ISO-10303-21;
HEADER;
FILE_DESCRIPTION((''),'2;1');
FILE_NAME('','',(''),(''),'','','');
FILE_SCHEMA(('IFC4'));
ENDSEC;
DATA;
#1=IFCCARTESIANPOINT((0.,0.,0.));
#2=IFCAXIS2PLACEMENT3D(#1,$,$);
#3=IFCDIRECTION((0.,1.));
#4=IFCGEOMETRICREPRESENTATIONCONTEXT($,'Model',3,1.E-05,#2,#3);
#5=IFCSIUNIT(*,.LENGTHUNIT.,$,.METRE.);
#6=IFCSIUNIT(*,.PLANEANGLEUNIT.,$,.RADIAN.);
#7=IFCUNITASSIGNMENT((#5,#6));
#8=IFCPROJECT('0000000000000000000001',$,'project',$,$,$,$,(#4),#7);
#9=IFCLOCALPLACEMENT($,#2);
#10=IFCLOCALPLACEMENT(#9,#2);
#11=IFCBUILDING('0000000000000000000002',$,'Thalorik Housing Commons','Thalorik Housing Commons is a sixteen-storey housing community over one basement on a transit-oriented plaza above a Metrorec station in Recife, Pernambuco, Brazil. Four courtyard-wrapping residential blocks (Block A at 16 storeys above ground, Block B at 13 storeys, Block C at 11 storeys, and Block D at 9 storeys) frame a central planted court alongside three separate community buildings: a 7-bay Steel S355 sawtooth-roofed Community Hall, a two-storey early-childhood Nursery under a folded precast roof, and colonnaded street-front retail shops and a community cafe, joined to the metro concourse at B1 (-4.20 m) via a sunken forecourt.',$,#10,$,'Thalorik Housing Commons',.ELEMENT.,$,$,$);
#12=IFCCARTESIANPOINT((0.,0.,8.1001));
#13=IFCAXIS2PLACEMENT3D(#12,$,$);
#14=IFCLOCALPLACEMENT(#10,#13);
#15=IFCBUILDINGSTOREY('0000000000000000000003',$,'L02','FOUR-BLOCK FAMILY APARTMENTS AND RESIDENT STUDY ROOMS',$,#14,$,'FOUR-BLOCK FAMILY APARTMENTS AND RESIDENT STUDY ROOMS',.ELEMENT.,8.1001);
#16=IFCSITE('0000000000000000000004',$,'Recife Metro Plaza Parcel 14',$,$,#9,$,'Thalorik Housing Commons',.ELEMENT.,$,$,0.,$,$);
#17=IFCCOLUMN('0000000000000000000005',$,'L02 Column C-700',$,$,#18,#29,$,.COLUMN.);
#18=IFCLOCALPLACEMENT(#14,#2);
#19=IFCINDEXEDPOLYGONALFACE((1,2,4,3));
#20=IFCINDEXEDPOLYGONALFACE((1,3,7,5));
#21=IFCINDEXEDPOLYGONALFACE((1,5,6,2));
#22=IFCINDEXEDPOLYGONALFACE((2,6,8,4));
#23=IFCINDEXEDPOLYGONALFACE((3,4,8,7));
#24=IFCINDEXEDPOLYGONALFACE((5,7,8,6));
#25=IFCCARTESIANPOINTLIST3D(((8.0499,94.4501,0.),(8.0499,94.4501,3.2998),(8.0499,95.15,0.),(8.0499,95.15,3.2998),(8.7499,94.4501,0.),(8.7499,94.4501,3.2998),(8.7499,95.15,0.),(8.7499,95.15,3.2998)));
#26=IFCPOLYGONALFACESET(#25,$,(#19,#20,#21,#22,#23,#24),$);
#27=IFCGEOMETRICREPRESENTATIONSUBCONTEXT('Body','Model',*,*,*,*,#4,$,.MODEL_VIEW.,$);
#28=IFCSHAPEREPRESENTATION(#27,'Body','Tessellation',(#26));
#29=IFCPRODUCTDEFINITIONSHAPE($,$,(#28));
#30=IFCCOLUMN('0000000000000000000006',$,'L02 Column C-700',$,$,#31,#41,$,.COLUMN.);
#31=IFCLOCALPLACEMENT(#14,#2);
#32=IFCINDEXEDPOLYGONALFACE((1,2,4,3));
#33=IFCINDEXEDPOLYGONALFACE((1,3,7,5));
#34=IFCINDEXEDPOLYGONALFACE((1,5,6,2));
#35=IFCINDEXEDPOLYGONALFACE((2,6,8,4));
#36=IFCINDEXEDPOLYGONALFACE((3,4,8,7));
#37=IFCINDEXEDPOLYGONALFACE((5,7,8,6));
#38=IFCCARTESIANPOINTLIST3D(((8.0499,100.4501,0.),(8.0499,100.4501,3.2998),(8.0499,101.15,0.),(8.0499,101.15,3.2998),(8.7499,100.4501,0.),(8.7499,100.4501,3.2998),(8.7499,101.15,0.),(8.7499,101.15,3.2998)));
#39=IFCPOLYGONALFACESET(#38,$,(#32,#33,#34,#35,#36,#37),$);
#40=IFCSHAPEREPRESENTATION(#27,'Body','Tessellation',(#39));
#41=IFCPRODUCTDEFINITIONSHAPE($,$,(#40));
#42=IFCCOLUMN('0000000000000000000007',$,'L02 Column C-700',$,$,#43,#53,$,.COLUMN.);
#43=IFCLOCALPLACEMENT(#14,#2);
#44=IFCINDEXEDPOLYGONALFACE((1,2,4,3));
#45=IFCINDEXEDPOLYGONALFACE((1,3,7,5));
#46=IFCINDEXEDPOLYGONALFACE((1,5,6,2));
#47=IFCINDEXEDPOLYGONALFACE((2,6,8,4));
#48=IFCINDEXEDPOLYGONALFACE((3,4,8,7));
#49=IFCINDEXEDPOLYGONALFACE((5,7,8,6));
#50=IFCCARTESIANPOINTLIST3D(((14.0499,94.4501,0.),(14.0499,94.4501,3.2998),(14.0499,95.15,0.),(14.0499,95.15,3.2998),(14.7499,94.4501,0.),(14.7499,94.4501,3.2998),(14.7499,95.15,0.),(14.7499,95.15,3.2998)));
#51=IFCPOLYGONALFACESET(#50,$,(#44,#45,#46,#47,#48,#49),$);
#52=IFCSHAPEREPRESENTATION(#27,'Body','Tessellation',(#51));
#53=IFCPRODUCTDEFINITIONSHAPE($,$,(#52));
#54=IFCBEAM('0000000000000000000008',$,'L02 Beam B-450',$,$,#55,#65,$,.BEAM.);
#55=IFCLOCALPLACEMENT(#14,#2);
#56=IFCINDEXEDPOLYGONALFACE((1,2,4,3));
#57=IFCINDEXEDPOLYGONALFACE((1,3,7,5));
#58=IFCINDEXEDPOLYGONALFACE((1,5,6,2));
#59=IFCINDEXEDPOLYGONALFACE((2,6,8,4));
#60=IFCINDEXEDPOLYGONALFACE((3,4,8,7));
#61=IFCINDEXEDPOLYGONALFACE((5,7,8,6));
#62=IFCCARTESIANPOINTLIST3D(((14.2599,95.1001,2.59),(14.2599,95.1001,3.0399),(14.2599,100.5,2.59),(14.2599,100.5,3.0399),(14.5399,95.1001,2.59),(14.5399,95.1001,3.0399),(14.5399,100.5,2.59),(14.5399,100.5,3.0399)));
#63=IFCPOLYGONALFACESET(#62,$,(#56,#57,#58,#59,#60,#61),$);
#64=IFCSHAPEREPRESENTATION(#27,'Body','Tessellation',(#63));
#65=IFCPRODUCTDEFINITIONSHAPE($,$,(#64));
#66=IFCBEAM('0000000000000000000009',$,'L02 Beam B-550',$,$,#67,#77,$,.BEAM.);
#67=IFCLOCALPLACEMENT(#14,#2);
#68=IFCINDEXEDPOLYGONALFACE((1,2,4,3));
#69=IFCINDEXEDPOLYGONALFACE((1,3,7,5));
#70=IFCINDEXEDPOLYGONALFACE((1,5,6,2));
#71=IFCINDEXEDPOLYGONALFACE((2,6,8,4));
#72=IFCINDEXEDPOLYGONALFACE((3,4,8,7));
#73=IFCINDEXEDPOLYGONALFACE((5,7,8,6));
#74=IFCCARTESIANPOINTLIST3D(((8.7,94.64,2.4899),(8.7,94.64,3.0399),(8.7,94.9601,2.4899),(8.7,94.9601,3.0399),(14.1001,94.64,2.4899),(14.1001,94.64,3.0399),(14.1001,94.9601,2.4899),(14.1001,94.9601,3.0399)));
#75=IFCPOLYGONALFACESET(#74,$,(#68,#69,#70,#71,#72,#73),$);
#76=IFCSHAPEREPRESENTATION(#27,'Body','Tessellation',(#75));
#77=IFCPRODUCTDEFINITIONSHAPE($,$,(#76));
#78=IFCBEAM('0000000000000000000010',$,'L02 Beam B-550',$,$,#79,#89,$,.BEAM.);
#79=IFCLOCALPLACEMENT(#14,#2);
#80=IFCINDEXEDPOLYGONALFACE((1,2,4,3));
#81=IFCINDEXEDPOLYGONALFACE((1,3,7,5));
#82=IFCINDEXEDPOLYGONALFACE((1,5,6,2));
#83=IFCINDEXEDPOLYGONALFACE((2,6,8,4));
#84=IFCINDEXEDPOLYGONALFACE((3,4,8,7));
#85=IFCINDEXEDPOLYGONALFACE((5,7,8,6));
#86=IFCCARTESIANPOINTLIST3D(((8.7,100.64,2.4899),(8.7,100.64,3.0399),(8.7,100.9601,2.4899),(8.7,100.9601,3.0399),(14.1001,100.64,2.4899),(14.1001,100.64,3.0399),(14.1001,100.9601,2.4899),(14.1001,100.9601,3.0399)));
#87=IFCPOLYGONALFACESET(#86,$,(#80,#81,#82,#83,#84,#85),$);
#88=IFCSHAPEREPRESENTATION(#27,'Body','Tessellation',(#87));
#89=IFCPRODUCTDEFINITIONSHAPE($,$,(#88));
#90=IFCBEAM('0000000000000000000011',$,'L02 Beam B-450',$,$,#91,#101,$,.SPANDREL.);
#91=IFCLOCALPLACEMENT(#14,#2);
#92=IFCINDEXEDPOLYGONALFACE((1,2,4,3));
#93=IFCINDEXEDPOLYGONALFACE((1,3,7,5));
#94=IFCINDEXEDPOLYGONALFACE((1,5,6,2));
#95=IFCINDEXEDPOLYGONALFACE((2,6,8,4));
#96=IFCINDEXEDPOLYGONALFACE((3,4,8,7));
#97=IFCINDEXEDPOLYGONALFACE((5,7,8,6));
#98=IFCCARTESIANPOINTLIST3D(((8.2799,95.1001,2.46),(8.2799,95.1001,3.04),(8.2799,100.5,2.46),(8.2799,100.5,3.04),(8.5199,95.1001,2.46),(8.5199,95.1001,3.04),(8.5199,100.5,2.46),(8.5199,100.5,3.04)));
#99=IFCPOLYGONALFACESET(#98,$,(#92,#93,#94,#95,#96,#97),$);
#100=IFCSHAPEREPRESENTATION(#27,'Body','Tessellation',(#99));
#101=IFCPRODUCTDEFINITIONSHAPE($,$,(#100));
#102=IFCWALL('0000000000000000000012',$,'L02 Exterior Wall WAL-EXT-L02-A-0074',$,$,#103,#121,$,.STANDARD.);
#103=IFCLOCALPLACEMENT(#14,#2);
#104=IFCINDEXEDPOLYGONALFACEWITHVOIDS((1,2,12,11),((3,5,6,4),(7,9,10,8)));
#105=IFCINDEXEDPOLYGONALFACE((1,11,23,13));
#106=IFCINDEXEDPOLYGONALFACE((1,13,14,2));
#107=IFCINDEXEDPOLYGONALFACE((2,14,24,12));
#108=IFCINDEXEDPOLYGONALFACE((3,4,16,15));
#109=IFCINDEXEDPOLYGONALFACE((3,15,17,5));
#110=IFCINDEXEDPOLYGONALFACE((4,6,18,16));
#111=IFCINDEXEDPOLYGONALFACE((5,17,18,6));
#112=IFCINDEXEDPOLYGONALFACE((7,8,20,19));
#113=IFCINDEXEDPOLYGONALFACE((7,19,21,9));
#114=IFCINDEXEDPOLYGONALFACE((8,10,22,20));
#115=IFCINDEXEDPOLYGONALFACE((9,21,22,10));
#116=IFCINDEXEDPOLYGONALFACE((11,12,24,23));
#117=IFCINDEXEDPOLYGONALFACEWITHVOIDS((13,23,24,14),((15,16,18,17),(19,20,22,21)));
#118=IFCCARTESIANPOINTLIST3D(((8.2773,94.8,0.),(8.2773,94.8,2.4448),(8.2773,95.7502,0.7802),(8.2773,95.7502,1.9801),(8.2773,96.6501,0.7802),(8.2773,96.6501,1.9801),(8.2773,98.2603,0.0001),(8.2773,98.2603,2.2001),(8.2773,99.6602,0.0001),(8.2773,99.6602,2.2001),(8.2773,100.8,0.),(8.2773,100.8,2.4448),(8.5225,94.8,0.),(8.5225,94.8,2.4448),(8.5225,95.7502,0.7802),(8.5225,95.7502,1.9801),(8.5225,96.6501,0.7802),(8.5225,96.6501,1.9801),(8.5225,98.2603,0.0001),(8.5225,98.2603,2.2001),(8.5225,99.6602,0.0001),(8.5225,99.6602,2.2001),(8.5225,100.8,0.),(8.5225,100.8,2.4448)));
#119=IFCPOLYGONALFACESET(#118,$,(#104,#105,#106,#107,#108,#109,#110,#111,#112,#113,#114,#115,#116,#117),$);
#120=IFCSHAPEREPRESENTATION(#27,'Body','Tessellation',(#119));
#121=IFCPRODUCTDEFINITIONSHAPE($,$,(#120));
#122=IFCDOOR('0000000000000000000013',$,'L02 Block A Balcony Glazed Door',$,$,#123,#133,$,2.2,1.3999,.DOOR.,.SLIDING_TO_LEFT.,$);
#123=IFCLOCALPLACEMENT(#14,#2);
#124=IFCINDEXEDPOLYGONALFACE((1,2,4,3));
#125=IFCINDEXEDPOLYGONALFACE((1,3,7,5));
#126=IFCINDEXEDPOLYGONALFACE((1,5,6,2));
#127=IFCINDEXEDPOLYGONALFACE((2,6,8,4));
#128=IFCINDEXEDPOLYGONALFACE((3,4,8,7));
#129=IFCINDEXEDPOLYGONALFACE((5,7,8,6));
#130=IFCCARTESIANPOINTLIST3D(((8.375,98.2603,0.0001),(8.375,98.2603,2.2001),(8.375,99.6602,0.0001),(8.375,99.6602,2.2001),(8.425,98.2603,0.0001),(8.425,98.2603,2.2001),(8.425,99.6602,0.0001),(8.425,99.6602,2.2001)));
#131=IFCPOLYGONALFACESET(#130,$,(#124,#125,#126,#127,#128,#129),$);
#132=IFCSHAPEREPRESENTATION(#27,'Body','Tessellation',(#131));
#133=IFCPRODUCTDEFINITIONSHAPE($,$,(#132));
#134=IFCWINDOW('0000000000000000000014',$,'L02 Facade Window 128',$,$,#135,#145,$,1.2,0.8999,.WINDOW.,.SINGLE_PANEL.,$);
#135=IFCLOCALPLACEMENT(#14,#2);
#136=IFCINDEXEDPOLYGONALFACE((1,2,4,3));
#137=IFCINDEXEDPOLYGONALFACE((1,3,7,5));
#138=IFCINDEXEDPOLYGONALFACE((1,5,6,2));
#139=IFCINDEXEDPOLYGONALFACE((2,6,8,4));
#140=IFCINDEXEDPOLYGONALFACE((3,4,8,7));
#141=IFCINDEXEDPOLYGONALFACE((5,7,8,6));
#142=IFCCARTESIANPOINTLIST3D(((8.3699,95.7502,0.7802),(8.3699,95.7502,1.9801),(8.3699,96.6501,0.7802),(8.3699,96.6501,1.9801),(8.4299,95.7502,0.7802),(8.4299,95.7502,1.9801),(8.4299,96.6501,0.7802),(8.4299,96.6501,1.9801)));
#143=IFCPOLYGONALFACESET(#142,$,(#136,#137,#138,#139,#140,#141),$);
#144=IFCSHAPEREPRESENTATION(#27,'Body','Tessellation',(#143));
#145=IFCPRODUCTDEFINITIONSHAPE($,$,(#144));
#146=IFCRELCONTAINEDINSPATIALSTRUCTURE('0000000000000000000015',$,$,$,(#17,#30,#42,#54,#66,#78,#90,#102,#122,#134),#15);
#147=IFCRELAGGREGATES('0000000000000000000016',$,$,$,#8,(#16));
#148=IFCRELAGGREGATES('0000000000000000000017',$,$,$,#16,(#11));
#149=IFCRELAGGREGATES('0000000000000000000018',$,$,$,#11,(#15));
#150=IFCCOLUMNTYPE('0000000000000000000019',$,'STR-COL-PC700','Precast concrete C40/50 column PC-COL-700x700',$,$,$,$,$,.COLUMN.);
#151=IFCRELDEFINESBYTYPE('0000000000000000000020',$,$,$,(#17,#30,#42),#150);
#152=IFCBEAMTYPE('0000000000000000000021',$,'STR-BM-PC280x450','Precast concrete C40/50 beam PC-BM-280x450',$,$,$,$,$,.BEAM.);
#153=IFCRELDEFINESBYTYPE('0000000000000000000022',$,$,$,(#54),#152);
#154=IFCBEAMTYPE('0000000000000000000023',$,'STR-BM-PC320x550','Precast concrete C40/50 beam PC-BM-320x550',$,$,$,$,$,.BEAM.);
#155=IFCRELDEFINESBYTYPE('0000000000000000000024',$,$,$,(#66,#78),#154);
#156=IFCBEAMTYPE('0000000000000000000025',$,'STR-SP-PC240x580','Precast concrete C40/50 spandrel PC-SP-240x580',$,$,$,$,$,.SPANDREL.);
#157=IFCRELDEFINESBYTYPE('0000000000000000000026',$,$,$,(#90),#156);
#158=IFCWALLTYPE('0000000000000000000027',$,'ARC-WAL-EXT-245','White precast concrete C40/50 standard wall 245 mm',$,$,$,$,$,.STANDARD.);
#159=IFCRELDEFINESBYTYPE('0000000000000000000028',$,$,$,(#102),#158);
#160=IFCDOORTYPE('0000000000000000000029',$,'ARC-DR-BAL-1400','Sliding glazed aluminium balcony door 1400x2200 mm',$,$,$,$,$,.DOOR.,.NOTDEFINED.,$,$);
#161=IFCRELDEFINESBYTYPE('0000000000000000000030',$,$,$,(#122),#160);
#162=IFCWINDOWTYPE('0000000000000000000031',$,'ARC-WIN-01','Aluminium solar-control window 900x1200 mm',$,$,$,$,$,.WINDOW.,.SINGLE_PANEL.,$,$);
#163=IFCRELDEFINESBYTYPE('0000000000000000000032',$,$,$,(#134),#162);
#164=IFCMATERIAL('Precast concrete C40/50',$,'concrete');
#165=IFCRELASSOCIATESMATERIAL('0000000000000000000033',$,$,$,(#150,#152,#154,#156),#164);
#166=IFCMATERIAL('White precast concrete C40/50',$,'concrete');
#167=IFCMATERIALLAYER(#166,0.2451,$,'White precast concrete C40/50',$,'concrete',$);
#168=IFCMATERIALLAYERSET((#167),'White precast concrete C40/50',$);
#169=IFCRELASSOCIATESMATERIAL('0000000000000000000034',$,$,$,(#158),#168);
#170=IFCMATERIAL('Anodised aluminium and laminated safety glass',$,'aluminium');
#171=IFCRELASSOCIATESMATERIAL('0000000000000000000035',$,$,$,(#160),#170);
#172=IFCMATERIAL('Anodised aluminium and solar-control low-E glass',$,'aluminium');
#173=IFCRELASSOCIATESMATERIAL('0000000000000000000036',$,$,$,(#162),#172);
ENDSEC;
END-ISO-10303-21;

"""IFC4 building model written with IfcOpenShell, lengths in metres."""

from ifc_helpers import new_model, si_unit, direction, frame, frame_2d, origin, origin_2d, place, context, subcontext, project, spatial, rectangle, extrude, material, layer, layer_set, material_profile, profile_set, type_object, element, fill, save


model = new_model("IFC4")

# Units and contexts
model_context = context("Model", 3, precision=1e-05, world=origin(), true_north=direction((0.0, 1.0)))
body_context = subcontext(model_context, "Body", "Model", "MODEL_VIEW")
ifc_project = project(units=[si_unit("LENGTHUNIT", "METRE"), si_unit("PLANEANGLEUNIT", "RADIAN")], contexts=[model_context])

# Site, building, storey
site_placement = place(None, origin())
site = spatial("IfcSite", under=ifc_project, at=site_placement, Name="Recife Metro Plaza Parcel 14", LongName="Thalorik Housing Commons", CompositionType="ELEMENT", RefElevation=0.0)
building_placement = place(site_placement, origin())
building = spatial("IfcBuilding", under=site, at=building_placement, Name="Thalorik Housing Commons", Description="Thalorik Housing Commons is a sixteen-storey housing community over one basement on a transit-oriented plaza above a Metrorec station in Recife, Pernambuco, Brazil. Four courtyard-wrapping residential blocks (Block A at 16 storeys above ground, Block B at 13 storeys, Block C at 11 storeys, and Block D at 9 storeys) frame a central planted court alongside three separate community buildings: a 7-bay Steel S355 sawtooth-roofed Community Hall, a two-storey early-childhood Nursery under a folded precast roof, and colonnaded street-front retail shops and a community cafe, joined to the metro concourse at B1 (-4.20 m) via a sunken forecourt.", LongName="Thalorik Housing Commons", CompositionType="ELEMENT")
storey_placement = place(building_placement, frame((0.0, 0.0, 8.1001)))
storey = spatial("IfcBuildingStorey", under=building, at=storey_placement, Name="L02", Description="FOUR-BLOCK FAMILY APARTMENTS AND RESIDENT STUDY ROOMS", LongName="FOUR-BLOCK FAMILY APARTMENTS AND RESIDENT STUDY ROOMS", CompositionType="ELEMENT", Elevation=8.1001)

# Columns
ifc_material_1 = material(Name="Precast concrete C40/50", Category="concrete")
ifc_material_profile_1 = material_profile(ifc_material_1, rectangle(XDim=0.7, YDim=0.7, at=origin_2d()), Name="PC 700x700", Category="concrete")
ifc_profile_set_1 = profile_set([ifc_material_profile_1], Name="Precast concrete C40/50")
column_type = type_object("IfcColumnType", Name="STR-COL-PC700", Description="Precast concrete C40/50 column PC-COL-700x700", PredefinedType="COLUMN", material=ifc_profile_set_1)
for number, where, z_axis, x_axis, name in (
    (1, (8.3999, 94.8, 0.0), (0.0, 0.0, 1.0), (1.0, 0.0, 0.0), "L02 Column C-700"),
    (2, (8.3999, 100.8, 0.0), (0.0, 0.0, 1.0), (1.0, 0.0, 0.0), "L02 Column C-700"),
    (3, (14.3999, 94.8, 0.0), (0.0, 0.0, 1.0), (1.0, 0.0, 0.0), "L02 Column C-700"),
):
    element("IfcColumn", number, at=place(storey_placement, frame(where, z_axis=z_axis, x_axis=x_axis)), inside=storey, type_object=column_type, Name=name, PredefinedType="COLUMN", context=body_context, shape_type="SweptSolid", body=[
        extrude(rectangle(XDim=0.7, YDim=0.7, at=origin_2d()), origin(), (0.0, 0.0, 1.0), 3.2998),
    ])

# Beams
ifc_material_profile_2 = material_profile(ifc_material_1, rectangle(XDim=0.28, YDim=0.45, at=origin_2d()), Name="PC 280x450", Category="concrete")
ifc_profile_set_2 = profile_set([ifc_material_profile_2], Name="Precast concrete C40/50")
beam_type_1 = type_object("IfcBeamType", Name="STR-BM-PC280x450", Description="Precast concrete C40/50 beam PC-BM-280x450", PredefinedType="BEAM", material=ifc_profile_set_2)
beam_1_placement = place(storey_placement, frame((14.3999, 95.1001, 2.8149), z_axis=(0.0, 1.0, 0.0), x_axis=(-1.0, 0.0, 0.0)))
element("IfcBeam", 4, at=beam_1_placement, inside=storey, type_object=beam_type_1, Name="L02 Beam B-450", PredefinedType="BEAM", context=body_context, shape_type="SweptSolid", body=[
    extrude(rectangle(XDim=0.28, YDim=0.45, at=origin_2d()), origin(), (0.0, 0.0, 1.0), 5.3999),
])
ifc_material_profile_3 = material_profile(ifc_material_1, rectangle(XDim=0.3201, YDim=0.55, at=origin_2d()), Name="PC 320x550", Category="concrete")
ifc_profile_set_3 = profile_set([ifc_material_profile_3], Name="Precast concrete C40/50")
beam_type_2 = type_object("IfcBeamType", Name="STR-BM-PC320x550", Description="Precast concrete C40/50 beam PC-BM-320x550", PredefinedType="BEAM", material=ifc_profile_set_3)
for number, where, z_axis, x_axis, name in (
    (5, (8.7, 94.8, 2.7649), (1.0, 0.0, 0.0), (0.0, 1.0, 0.0), "L02 Beam B-550"),
    (6, (8.7, 100.8, 2.7649), (1.0, 0.0, 0.0), (0.0, 1.0, 0.0), "L02 Beam B-550"),
):
    element("IfcBeam", number, at=place(storey_placement, frame(where, z_axis=z_axis, x_axis=x_axis)), inside=storey, type_object=beam_type_2, Name=name, PredefinedType="BEAM", context=body_context, shape_type="SweptSolid", body=[
        extrude(rectangle(XDim=0.3201, YDim=0.55, at=origin_2d()), origin(), (0.0, 0.0, 1.0), 5.4001),
    ])
ifc_material_profile_4 = material_profile(ifc_material_1, rectangle(XDim=0.24, YDim=0.5801, at=origin_2d()), Name="PC SP 240x580", Category="concrete")
ifc_profile_set_4 = profile_set([ifc_material_profile_4], Name="Precast concrete C40/50")
beam_type_3 = type_object("IfcBeamType", Name="STR-SP-PC240x580", Description="Precast concrete C40/50 spandrel PC-SP-240x580", PredefinedType="SPANDREL", material=ifc_profile_set_4)
beam_2_placement = place(storey_placement, frame((8.3999, 95.1001, 2.75), z_axis=(0.0, 1.0, 0.0), x_axis=(-1.0, 0.0, 0.0)))
element("IfcBeam", 7, at=beam_2_placement, inside=storey, type_object=beam_type_3, Name="L02 Beam B-450", PredefinedType="SPANDREL", context=body_context, shape_type="SweptSolid", body=[
    extrude(rectangle(XDim=0.24, YDim=0.5801, at=origin_2d()), origin(), (0.0, 0.0, 1.0), 5.3999),
])

# Wall, openings, door, window
ifc_material_2 = material(Name="White precast concrete C40/50", Category="concrete")
ifc_layer_1 = layer(ifc_material_2, 0.2451, Name="White precast concrete C40/50", Category="concrete")
ifc_layer_set_1 = layer_set([ifc_layer_1], Name="White precast concrete C40/50")
wall_type_1 = type_object("IfcWallType", Name="ARC-WAL-EXT-245", Description="White precast concrete C40/50 standard wall 245 mm", PredefinedType="STANDARD", material=ifc_layer_set_1)
wall_1_placement = place(storey_placement, frame((8.3999, 100.8, 0.0), z_axis=(0.0, 0.0, 1.0), x_axis=(0.0, -1.0, 0.0)))
wall_1 = element("IfcWall", 8, at=wall_1_placement, inside=storey, type_object=wall_type_1, Name="L02 Exterior Wall WAL-EXT-L02-A-0074", PredefinedType="STANDARD", context=body_context, shape_type="SweptSolid", body=[
    extrude(rectangle(XDim=6.0, YDim=0.2451, at=frame_2d((3.0, 0.0))), origin(), (0.0, 0.0, 1.0), 2.4448),
])
opening_1_placement = place(wall_1_placement, frame((1.1399, 0.0, 0.0)))
opening_1 = element("IfcOpeningElement", 9, at=opening_1_placement, cuts=wall_1, PredefinedType="OPENING", context=body_context, shape_type="SweptSolid", body=[
    extrude(rectangle(XDim=1.3999, YDim=2.2, at=frame_2d((0.7, 1.1001))), frame((0.0, 0.1326, 0.0), z_axis=(0.0, -1.0, 0.0), x_axis=(1.0, 0.0, 0.0)), (0.0, 0.0, 1.0), 0.2651),
])
opening_2_placement = place(wall_1_placement, frame((4.1499, 0.0, 0.78)))
opening_2 = element("IfcOpeningElement", 10, at=opening_2_placement, cuts=wall_1, PredefinedType="OPENING", context=body_context, shape_type="SweptSolid", body=[
    extrude(rectangle(XDim=0.8999, YDim=1.2, at=frame_2d((0.45, 0.6001))), frame((0.0, 0.1326, 0.0), z_axis=(0.0, -1.0, 0.0), x_axis=(1.0, 0.0, 0.0)), (0.0, 0.0, 1.0), 0.2651),
])
ifc_material_3 = material(Name="Anodised aluminium and laminated safety glass", Category="aluminium")
door_type_1 = type_object("IfcDoorType", Name="ARC-DR-BAL-1400", Description="Sliding glazed aluminium balcony door 1400x2200 mm", OperationType="NOTDEFINED", PredefinedType="DOOR", material=ifc_material_3)
door_1_placement = place(opening_1_placement, frame((1.3999, 0.0, 0.0), z_axis=(0.0, 0.0, 1.0), x_axis=(-1.0, 0.0, 0.0)))
door_1 = element("IfcDoor", 11, at=door_1_placement, inside=storey, type_object=door_type_1, Name="L02 Block A Balcony Glazed Door", OperationType="SLIDING_TO_LEFT", OverallHeight=2.2, OverallWidth=1.3999, PredefinedType="DOOR", context=body_context, shape_type="SweptSolid", body=[
    extrude(rectangle(XDim=1.3999, YDim=2.2, at=frame_2d((0.7, 1.1001))), frame((0.0, 0.0249, 0.0), z_axis=(0.0, -1.0, 0.0), x_axis=(1.0, 0.0, 0.0)), (0.0, 0.0, 1.0), 0.05),
])
fill(opening_1, door_1)
ifc_material_4 = material(Name="Anodised aluminium and solar-control low-E glass", Category="aluminium")
window_type_1 = type_object("IfcWindowType", Name="ARC-WIN-01", Description="Aluminium solar-control window 900x1200 mm", PartitioningType="SINGLE_PANEL", PredefinedType="WINDOW", material=ifc_material_4)
window_1_placement = place(opening_2_placement, origin())
window_1 = element("IfcWindow", 12, at=window_1_placement, inside=storey, type_object=window_type_1, Name="L02 Facade Window 128", OverallHeight=1.2, OverallWidth=0.8999, PartitioningType="SINGLE_PANEL", PredefinedType="WINDOW", context=body_context, shape_type="SweptSolid", body=[
    extrude(rectangle(XDim=0.8999, YDim=1.2, at=frame_2d((0.45, 0.6001))), frame((0.0, 0.03, 0.0), z_axis=(0.0, -1.0, 0.0), x_axis=(1.0, 0.0, 0.0)), (0.0, 0.0, 1.0), 0.0601),
])
fill(opening_2, window_1)

save(model, "model.ifc")
